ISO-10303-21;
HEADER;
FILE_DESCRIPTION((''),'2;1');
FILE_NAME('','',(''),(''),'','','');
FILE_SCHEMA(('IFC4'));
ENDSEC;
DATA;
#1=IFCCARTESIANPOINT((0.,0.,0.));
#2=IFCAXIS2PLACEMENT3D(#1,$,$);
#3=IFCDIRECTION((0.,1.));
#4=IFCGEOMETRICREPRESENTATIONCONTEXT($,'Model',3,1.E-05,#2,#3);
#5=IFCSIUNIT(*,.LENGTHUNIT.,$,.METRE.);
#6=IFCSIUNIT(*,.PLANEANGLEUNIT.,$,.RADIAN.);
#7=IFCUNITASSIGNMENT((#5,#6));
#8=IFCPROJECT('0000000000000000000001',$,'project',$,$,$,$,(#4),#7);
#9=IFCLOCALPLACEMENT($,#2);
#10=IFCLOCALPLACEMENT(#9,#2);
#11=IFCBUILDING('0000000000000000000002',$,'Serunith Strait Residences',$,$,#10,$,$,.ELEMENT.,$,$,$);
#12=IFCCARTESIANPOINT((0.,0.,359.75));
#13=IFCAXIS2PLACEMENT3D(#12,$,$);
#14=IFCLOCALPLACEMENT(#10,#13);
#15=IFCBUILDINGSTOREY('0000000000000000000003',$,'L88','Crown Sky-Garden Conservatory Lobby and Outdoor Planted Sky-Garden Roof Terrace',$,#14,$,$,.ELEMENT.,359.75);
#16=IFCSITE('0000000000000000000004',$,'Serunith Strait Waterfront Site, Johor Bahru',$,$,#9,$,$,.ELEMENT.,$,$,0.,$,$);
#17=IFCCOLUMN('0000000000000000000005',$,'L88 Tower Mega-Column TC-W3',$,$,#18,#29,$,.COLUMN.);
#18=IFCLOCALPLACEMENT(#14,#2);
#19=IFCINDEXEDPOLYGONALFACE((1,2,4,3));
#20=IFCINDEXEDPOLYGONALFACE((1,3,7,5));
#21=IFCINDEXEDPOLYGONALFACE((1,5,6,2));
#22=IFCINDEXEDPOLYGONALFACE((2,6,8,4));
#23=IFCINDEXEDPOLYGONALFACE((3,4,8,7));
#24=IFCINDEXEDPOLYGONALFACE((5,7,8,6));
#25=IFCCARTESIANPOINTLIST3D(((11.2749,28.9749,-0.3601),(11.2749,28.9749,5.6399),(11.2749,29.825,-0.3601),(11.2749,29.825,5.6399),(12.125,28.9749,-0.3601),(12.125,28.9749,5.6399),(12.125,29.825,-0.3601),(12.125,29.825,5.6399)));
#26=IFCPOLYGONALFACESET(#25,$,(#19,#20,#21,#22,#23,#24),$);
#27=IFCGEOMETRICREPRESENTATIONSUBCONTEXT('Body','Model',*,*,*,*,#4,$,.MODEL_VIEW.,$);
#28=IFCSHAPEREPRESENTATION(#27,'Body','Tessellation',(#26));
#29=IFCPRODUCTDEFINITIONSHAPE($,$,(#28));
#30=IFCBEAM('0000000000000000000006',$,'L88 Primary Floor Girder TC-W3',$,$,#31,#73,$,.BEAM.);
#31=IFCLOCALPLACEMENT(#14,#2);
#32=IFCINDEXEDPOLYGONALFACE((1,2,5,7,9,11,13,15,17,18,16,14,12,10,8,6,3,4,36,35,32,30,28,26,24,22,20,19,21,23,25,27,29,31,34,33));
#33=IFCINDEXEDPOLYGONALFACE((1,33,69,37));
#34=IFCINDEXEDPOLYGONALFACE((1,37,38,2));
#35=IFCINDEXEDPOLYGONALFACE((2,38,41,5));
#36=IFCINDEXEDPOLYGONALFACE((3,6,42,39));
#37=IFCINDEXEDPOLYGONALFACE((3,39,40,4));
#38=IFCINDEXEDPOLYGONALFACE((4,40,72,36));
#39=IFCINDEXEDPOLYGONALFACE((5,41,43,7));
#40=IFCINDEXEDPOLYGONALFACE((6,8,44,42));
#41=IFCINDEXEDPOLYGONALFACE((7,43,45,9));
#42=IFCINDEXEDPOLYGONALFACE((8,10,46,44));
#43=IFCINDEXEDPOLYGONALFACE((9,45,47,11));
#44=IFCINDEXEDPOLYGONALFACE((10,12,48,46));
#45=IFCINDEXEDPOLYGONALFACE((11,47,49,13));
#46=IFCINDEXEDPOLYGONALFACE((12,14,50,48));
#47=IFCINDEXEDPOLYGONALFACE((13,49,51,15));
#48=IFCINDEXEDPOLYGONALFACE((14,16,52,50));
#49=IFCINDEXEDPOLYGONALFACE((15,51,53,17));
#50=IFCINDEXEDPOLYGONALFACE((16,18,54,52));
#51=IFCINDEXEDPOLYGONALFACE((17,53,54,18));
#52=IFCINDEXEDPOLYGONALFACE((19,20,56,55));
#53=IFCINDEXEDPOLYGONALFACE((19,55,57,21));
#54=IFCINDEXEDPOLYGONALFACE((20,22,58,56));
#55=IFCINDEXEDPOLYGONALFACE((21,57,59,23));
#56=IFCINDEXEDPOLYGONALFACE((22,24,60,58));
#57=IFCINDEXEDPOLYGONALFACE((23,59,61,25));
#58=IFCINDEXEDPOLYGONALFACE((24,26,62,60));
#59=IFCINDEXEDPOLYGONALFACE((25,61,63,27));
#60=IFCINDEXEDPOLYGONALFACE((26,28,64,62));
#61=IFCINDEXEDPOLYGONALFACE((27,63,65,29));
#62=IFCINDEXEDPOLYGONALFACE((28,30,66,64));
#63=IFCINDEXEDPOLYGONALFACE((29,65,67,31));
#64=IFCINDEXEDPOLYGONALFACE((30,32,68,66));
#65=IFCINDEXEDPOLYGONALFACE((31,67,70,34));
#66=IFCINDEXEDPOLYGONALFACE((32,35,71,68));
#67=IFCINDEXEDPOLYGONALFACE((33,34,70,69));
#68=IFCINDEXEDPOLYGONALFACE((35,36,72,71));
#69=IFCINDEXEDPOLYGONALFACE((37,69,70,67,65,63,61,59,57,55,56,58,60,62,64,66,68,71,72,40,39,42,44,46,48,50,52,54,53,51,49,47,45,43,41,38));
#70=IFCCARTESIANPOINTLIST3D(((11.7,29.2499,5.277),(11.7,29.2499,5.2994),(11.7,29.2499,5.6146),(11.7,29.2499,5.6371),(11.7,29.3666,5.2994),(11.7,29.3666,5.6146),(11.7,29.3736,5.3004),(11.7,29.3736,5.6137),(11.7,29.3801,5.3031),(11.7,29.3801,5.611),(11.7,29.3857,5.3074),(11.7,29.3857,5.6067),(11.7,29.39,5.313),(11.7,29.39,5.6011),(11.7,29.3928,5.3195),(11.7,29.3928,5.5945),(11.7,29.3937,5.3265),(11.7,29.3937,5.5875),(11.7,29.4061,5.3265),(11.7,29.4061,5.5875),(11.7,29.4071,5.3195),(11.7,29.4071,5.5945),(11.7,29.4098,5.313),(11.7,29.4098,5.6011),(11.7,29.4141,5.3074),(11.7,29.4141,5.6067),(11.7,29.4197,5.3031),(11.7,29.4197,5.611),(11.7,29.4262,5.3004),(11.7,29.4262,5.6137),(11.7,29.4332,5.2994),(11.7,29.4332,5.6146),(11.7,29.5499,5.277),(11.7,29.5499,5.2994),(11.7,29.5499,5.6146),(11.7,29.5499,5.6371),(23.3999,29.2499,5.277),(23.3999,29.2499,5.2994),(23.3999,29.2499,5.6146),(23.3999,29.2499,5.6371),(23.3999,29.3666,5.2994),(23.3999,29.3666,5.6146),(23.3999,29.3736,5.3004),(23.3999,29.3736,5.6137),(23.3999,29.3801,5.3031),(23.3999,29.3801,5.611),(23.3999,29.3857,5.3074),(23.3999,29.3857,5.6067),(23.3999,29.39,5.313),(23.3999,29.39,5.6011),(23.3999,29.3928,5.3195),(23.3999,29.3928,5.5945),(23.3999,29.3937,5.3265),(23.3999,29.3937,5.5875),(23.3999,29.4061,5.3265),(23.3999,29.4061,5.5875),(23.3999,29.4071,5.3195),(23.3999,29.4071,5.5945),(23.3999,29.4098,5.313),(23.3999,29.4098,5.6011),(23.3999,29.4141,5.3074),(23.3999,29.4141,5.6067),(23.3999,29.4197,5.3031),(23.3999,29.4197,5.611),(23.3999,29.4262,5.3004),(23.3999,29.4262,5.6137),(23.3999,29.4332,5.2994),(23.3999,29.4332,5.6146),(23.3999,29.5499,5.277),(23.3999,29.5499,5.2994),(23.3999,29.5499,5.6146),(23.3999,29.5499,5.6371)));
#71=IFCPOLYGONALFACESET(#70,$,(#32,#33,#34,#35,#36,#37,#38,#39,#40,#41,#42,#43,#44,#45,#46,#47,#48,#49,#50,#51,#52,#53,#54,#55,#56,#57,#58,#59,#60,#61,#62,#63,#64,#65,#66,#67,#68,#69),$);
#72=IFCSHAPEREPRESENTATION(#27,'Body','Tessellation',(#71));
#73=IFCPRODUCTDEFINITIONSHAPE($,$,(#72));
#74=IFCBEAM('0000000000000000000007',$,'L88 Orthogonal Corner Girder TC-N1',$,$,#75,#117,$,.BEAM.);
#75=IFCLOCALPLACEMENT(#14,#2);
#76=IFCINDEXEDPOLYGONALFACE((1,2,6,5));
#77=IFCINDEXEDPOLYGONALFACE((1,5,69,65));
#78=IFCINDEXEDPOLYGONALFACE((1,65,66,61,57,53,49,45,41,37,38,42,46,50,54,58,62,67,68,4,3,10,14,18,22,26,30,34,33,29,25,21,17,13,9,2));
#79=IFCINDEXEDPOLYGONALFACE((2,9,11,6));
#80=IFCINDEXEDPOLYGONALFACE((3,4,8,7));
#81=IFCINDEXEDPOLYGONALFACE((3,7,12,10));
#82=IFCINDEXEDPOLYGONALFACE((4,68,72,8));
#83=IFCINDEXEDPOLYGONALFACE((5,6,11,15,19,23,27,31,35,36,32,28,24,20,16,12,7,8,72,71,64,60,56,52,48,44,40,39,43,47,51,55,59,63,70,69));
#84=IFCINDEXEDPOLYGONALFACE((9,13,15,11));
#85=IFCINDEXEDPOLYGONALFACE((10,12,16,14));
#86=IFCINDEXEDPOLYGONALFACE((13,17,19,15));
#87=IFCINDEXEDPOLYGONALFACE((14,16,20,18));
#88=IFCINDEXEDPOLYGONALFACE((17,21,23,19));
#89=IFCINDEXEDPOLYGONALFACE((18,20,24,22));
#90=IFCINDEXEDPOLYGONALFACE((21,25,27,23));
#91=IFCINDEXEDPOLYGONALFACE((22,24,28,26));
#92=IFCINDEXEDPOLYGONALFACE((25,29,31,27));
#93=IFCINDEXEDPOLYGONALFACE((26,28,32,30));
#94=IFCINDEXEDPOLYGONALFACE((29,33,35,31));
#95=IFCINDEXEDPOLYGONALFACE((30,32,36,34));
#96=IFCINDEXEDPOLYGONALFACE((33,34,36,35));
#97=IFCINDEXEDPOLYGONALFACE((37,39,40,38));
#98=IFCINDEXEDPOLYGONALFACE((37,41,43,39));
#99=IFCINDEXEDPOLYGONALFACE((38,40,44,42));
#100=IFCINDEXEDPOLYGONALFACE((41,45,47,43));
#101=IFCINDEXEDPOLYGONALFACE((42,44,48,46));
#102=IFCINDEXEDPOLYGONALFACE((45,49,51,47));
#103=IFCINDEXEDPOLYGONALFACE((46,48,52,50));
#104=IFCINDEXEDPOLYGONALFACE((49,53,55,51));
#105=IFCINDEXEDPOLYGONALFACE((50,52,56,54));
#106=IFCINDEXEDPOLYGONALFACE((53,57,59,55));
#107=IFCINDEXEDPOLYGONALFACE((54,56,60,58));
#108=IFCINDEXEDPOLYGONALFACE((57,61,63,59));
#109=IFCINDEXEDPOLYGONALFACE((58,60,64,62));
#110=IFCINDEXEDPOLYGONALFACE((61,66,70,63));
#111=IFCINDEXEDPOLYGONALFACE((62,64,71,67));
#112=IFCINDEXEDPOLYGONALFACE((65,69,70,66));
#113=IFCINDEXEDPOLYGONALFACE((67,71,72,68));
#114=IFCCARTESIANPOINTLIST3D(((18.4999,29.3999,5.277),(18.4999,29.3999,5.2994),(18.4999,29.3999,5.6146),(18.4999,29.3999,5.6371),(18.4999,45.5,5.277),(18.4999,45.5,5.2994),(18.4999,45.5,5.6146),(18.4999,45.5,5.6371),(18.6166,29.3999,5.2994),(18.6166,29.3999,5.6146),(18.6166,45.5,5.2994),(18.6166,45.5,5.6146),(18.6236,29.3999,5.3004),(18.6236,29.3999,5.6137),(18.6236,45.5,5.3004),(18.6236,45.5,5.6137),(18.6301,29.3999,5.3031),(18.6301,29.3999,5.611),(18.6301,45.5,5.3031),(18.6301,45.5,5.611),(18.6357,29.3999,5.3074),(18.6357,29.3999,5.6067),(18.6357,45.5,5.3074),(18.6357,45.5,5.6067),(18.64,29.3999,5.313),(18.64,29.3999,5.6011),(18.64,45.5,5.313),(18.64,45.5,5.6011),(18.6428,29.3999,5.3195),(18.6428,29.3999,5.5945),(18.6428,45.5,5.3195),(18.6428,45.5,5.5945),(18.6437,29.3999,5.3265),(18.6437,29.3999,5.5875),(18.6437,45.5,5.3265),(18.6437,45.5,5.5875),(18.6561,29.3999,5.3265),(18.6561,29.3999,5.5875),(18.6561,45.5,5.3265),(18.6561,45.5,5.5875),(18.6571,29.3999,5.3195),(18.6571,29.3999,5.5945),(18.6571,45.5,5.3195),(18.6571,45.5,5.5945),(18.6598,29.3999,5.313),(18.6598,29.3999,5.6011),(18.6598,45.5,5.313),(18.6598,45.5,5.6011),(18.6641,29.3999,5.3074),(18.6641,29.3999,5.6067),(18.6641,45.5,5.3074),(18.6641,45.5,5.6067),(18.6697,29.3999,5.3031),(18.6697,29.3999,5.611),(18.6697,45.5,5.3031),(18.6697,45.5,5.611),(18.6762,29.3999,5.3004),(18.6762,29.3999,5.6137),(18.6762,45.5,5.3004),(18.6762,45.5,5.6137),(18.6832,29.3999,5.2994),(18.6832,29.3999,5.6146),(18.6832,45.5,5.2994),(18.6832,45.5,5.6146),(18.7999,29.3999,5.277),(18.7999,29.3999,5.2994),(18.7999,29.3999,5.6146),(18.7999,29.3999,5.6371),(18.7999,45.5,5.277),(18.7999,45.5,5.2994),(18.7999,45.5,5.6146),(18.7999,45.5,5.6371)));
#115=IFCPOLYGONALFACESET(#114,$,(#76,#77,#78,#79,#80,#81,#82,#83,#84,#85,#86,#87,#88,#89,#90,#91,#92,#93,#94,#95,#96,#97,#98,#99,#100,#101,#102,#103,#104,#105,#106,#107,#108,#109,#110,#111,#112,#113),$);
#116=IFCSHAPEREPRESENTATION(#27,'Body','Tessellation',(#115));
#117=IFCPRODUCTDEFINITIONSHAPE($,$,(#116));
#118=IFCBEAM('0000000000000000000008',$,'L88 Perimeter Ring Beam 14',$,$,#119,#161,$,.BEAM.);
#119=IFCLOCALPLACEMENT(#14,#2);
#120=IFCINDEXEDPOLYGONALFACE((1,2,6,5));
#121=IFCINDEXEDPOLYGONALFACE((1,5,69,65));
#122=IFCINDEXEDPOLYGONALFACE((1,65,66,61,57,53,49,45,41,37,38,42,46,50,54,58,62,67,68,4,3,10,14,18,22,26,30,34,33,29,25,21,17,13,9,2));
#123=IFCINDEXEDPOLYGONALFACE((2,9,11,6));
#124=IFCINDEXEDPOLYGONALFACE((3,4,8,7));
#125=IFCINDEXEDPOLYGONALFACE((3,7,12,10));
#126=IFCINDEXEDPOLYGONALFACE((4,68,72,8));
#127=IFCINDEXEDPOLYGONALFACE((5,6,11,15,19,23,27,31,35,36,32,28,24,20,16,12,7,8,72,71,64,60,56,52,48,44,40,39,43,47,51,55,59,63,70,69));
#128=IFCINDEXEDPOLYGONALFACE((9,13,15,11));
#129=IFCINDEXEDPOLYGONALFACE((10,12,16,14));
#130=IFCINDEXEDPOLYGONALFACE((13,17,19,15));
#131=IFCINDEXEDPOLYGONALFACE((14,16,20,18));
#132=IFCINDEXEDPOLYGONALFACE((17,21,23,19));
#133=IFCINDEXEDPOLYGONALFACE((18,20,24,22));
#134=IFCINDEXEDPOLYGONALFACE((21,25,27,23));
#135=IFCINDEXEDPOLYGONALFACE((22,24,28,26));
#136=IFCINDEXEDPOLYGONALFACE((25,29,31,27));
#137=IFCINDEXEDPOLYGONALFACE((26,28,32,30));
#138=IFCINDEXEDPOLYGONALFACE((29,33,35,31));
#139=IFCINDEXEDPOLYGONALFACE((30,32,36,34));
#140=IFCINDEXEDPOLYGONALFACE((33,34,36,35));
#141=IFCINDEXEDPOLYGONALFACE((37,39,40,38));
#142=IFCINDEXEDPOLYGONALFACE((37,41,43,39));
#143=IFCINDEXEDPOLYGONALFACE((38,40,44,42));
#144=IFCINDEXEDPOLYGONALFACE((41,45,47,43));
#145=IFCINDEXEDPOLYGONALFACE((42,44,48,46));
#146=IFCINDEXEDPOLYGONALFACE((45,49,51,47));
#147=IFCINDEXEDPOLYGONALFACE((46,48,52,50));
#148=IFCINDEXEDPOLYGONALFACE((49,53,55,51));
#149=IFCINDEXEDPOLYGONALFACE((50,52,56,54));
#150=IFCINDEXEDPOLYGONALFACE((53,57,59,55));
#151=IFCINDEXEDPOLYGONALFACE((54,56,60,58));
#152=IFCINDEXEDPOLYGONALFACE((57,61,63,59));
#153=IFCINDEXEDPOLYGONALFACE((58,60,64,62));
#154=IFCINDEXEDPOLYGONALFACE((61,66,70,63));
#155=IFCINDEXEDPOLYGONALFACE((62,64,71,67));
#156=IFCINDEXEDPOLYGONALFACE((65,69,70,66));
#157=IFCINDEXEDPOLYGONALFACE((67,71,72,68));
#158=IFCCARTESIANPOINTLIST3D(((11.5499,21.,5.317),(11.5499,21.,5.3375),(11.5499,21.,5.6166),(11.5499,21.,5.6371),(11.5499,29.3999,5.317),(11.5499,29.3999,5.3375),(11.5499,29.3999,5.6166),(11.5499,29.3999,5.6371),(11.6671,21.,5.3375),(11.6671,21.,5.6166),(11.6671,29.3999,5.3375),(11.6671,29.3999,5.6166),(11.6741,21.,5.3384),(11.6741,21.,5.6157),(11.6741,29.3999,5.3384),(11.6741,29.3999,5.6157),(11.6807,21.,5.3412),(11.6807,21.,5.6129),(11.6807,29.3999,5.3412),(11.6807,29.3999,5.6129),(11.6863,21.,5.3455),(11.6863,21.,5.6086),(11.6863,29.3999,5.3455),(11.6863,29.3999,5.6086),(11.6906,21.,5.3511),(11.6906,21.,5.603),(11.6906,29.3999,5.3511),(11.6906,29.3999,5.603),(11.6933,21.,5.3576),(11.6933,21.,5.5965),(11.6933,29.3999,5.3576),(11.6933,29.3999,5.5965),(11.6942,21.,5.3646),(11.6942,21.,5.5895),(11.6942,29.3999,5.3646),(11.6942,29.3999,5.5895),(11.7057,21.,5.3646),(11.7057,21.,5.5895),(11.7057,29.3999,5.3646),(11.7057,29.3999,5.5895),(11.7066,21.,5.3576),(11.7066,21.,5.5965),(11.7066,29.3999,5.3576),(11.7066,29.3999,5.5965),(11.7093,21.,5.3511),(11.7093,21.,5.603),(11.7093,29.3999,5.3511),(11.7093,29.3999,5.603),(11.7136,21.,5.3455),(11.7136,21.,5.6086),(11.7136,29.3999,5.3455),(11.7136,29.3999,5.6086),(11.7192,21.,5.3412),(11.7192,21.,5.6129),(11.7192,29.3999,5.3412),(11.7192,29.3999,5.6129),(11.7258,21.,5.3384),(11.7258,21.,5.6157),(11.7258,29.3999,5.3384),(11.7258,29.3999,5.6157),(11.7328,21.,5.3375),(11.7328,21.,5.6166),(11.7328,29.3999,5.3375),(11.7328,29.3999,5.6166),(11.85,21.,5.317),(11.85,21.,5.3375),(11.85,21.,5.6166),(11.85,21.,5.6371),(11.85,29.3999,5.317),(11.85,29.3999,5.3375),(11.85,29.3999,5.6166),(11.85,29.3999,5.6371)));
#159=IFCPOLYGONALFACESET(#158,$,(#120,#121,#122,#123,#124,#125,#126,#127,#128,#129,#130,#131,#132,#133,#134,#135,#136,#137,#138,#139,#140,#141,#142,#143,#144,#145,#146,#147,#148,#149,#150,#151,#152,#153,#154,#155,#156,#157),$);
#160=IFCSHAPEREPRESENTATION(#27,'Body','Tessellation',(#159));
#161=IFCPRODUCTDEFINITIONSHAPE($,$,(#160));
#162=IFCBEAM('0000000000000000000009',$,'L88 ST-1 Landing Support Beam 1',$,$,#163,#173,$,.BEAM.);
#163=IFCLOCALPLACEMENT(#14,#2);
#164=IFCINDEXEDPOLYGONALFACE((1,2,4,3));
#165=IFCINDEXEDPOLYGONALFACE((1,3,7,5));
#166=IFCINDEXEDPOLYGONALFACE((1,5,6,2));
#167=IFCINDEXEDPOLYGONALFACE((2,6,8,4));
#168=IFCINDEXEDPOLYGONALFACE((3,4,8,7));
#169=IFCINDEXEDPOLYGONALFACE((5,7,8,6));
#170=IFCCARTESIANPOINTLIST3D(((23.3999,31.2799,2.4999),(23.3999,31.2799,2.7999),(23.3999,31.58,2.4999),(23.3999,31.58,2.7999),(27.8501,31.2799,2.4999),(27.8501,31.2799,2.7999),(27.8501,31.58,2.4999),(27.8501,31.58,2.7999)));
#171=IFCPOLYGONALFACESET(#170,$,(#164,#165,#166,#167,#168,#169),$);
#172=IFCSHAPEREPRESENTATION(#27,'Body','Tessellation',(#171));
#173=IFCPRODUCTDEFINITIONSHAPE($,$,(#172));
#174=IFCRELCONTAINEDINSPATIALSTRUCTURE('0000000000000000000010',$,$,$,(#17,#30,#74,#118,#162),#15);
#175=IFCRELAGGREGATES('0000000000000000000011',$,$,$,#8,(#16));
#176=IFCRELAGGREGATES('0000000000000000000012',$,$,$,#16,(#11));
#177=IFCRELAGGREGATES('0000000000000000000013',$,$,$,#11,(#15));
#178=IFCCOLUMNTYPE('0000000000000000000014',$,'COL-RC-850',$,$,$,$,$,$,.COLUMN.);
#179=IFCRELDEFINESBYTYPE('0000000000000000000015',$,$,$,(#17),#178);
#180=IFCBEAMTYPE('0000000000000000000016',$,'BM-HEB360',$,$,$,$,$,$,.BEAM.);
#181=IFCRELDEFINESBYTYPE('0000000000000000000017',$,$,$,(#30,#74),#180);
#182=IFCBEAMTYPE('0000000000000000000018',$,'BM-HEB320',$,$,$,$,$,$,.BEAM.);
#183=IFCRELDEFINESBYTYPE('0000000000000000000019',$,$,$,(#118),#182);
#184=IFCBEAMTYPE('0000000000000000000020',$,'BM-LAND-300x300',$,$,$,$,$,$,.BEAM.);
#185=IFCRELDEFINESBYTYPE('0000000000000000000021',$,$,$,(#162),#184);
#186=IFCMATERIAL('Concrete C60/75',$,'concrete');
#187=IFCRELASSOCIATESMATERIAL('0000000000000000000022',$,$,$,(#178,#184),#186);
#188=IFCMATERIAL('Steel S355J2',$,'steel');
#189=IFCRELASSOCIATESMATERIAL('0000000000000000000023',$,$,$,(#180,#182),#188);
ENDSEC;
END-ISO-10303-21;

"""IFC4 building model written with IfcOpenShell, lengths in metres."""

from ifc_helpers import new_model, si_unit, direction, frame, origin, origin_2d, place, context, subcontext, project, spatial, rectangle, i_section, extrude, source, transform, mapped, material, material_profile, profile_set, type_object, element, save


model = new_model("IFC4")

# Units and contexts
model_context = context("Model", 3, precision=1e-05, world=origin(), true_north=direction((0.0, 1.0)))
body_context = subcontext(model_context, "Body", "Model", "MODEL_VIEW")
ifc_project = project(units=[si_unit("LENGTHUNIT", "METRE"), si_unit("PLANEANGLEUNIT", "RADIAN")], contexts=[model_context])

# Site, building, storey
site_placement = place(None, origin())
site = spatial("IfcSite", under=ifc_project, at=site_placement, Name="Serunith Strait Waterfront Site, Johor Bahru", CompositionType="ELEMENT", RefElevation=0.0)
building_placement = place(site_placement, origin())
building = spatial("IfcBuilding", under=site, at=building_placement, Name="Serunith Strait Residences", CompositionType="ELEMENT")
storey_placement = place(building_placement, frame((0.0, 0.0, 359.75)))
storey = spatial("IfcBuildingStorey", under=building, at=storey_placement, Name="L88", Description="Crown Sky-Garden Conservatory Lobby and Outdoor Planted Sky-Garden Roof Terrace", CompositionType="ELEMENT", Elevation=359.75)

# Column
ifc_material_1 = material(Name="Concrete C60/75", Category="concrete")
ifc_material_profile_1 = material_profile(ifc_material_1, rectangle(XDim=0.8501, YDim=0.8501, at=origin_2d()), Name="RC 850x850")
ifc_profile_set_1 = profile_set([ifc_material_profile_1], Name="Concrete C60/75")
column_type = type_object("IfcColumnType", Name="COL-RC-850", PredefinedType="COLUMN", material=ifc_profile_set_1)
shared_shape_1 = source(origin(), body_context, "Body", "SweptSolid", [
    extrude(rectangle(XDim=0.8501, YDim=0.8501, at=origin_2d()), origin(), (0.0, 0.0, 1.0), 6.0),
])
column_placement = place(storey_placement, frame((11.7, 29.3999, -0.3601), z_axis=(0.0, 0.0, 1.0), x_axis=(1.0, 0.0, 0.0)))
element("IfcColumn", 1, at=column_placement, inside=storey, type_object=column_type, Name="L88 Tower Mega-Column TC-W3", PredefinedType="COLUMN", context=body_context, shape_type="MappedRepresentation", body=[
    mapped(shared_shape_1, transform((0.0, 0.0, 0.0), scale=1.0)),
])

# Beams
ifc_material_2 = material(Name="Steel S355J2", Category="steel")
ifc_material_profile_2 = material_profile(ifc_material_2, i_section(OverallWidth=0.3, OverallDepth=0.3601, WebThickness=0.0125, FlangeThickness=0.0225, FilletRadius=0.0271, at=origin_2d()), Name="HEB 360")
ifc_profile_set_2 = profile_set([ifc_material_profile_2], Name="Steel S355J2")
beam_type_1 = type_object("IfcBeamType", Name="BM-HEB360", PredefinedType="BEAM", material=ifc_profile_set_2)
shared_shape_2 = source(origin(), body_context, "Body", "SweptSolid", [
    extrude(i_section(OverallWidth=0.3, OverallDepth=0.3601, WebThickness=0.0125, FlangeThickness=0.0225, FilletRadius=0.0271, at=origin_2d()), origin(), (0.0, 0.0, 1.0), 11.7),
])
beam_1_placement = place(storey_placement, frame((23.3999, 29.3999, 5.457), z_axis=(-1.0, 0.0, 0.0), x_axis=(0.0, -1.0, 0.0)))
element("IfcBeam", 2, at=beam_1_placement, inside=storey, type_object=beam_type_1, Name="L88 Primary Floor Girder TC-W3", PredefinedType="BEAM", context=body_context, shape_type="MappedRepresentation", body=[
    mapped(shared_shape_2, transform((0.0, 0.0, 0.0), scale=1.0)),
])
shared_shape_3 = source(origin(), body_context, "Body", "SweptSolid", [
    extrude(i_section(OverallWidth=0.3, OverallDepth=0.3601, WebThickness=0.0125, FlangeThickness=0.0225, FilletRadius=0.0271, at=origin_2d()), origin(), (0.0, 0.0, 1.0), 16.1001),
])
beam_2_placement = place(storey_placement, frame((18.6499, 29.3999, 5.457), z_axis=(0.0, 1.0, 0.0), x_axis=(-1.0, 0.0, 0.0)))
element("IfcBeam", 3, at=beam_2_placement, inside=storey, type_object=beam_type_1, Name="L88 Orthogonal Corner Girder TC-N1", PredefinedType="BEAM", context=body_context, shape_type="MappedRepresentation", body=[
    mapped(shared_shape_3, transform((0.0, 0.0, 0.0), scale=1.0)),
])
ifc_material_profile_3 = material_profile(ifc_material_2, i_section(OverallWidth=0.3, OverallDepth=0.3201, WebThickness=0.0115, FlangeThickness=0.0205, FilletRadius=0.0271, at=origin_2d()), Name="HEB 320")
ifc_profile_set_3 = profile_set([ifc_material_profile_3], Name="Steel S355J2")
beam_type_2 = type_object("IfcBeamType", Name="BM-HEB320", PredefinedType="BEAM", material=ifc_profile_set_3)
shared_shape_4 = source(origin(), body_context, "Body", "SweptSolid", [
    extrude(i_section(OverallWidth=0.3, OverallDepth=0.3201, WebThickness=0.0115, FlangeThickness=0.0205, FilletRadius=0.0271, at=origin_2d()), origin(), (0.0, 0.0, 1.0), 8.3999),
])
beam_3_placement = place(storey_placement, frame((11.7, 29.3999, 5.4771), z_axis=(0.0, -1.0, 0.0), x_axis=(1.0, 0.0, 0.0)))
element("IfcBeam", 4, at=beam_3_placement, inside=storey, type_object=beam_type_2, Name="L88 Perimeter Ring Beam 14", PredefinedType="BEAM", context=body_context, shape_type="MappedRepresentation", body=[
    mapped(shared_shape_4, transform((0.0, 0.0, 0.0), scale=1.0)),
])
ifc_material_profile_4 = material_profile(ifc_material_1, rectangle(XDim=0.3, YDim=0.3, at=origin_2d()), Name="RC 300x300")
ifc_profile_set_4 = profile_set([ifc_material_profile_4], Name="Concrete C60/75")
beam_type_3 = type_object("IfcBeamType", Name="BM-LAND-300x300", PredefinedType="BEAM", material=ifc_profile_set_4)
shared_shape_5 = source(origin(), body_context, "Body", "SweptSolid", [
    extrude(rectangle(XDim=0.3, YDim=0.3, at=origin_2d()), origin(), (0.0, 0.0, 1.0), 4.4502),
])
beam_4_placement = place(storey_placement, frame((23.3999, 31.4299, 2.6499), z_axis=(1.0, 0.0, 0.0), x_axis=(0.0, 1.0, 0.0)))
element("IfcBeam", 5, at=beam_4_placement, inside=storey, type_object=beam_type_3, Name="L88 ST-1 Landing Support Beam 1", PredefinedType="BEAM", context=body_context, shape_type="MappedRepresentation", body=[
    mapped(shared_shape_5, transform((0.0, 0.0, 0.0), scale=1.0)),
])

save(model, "model.ifc")
